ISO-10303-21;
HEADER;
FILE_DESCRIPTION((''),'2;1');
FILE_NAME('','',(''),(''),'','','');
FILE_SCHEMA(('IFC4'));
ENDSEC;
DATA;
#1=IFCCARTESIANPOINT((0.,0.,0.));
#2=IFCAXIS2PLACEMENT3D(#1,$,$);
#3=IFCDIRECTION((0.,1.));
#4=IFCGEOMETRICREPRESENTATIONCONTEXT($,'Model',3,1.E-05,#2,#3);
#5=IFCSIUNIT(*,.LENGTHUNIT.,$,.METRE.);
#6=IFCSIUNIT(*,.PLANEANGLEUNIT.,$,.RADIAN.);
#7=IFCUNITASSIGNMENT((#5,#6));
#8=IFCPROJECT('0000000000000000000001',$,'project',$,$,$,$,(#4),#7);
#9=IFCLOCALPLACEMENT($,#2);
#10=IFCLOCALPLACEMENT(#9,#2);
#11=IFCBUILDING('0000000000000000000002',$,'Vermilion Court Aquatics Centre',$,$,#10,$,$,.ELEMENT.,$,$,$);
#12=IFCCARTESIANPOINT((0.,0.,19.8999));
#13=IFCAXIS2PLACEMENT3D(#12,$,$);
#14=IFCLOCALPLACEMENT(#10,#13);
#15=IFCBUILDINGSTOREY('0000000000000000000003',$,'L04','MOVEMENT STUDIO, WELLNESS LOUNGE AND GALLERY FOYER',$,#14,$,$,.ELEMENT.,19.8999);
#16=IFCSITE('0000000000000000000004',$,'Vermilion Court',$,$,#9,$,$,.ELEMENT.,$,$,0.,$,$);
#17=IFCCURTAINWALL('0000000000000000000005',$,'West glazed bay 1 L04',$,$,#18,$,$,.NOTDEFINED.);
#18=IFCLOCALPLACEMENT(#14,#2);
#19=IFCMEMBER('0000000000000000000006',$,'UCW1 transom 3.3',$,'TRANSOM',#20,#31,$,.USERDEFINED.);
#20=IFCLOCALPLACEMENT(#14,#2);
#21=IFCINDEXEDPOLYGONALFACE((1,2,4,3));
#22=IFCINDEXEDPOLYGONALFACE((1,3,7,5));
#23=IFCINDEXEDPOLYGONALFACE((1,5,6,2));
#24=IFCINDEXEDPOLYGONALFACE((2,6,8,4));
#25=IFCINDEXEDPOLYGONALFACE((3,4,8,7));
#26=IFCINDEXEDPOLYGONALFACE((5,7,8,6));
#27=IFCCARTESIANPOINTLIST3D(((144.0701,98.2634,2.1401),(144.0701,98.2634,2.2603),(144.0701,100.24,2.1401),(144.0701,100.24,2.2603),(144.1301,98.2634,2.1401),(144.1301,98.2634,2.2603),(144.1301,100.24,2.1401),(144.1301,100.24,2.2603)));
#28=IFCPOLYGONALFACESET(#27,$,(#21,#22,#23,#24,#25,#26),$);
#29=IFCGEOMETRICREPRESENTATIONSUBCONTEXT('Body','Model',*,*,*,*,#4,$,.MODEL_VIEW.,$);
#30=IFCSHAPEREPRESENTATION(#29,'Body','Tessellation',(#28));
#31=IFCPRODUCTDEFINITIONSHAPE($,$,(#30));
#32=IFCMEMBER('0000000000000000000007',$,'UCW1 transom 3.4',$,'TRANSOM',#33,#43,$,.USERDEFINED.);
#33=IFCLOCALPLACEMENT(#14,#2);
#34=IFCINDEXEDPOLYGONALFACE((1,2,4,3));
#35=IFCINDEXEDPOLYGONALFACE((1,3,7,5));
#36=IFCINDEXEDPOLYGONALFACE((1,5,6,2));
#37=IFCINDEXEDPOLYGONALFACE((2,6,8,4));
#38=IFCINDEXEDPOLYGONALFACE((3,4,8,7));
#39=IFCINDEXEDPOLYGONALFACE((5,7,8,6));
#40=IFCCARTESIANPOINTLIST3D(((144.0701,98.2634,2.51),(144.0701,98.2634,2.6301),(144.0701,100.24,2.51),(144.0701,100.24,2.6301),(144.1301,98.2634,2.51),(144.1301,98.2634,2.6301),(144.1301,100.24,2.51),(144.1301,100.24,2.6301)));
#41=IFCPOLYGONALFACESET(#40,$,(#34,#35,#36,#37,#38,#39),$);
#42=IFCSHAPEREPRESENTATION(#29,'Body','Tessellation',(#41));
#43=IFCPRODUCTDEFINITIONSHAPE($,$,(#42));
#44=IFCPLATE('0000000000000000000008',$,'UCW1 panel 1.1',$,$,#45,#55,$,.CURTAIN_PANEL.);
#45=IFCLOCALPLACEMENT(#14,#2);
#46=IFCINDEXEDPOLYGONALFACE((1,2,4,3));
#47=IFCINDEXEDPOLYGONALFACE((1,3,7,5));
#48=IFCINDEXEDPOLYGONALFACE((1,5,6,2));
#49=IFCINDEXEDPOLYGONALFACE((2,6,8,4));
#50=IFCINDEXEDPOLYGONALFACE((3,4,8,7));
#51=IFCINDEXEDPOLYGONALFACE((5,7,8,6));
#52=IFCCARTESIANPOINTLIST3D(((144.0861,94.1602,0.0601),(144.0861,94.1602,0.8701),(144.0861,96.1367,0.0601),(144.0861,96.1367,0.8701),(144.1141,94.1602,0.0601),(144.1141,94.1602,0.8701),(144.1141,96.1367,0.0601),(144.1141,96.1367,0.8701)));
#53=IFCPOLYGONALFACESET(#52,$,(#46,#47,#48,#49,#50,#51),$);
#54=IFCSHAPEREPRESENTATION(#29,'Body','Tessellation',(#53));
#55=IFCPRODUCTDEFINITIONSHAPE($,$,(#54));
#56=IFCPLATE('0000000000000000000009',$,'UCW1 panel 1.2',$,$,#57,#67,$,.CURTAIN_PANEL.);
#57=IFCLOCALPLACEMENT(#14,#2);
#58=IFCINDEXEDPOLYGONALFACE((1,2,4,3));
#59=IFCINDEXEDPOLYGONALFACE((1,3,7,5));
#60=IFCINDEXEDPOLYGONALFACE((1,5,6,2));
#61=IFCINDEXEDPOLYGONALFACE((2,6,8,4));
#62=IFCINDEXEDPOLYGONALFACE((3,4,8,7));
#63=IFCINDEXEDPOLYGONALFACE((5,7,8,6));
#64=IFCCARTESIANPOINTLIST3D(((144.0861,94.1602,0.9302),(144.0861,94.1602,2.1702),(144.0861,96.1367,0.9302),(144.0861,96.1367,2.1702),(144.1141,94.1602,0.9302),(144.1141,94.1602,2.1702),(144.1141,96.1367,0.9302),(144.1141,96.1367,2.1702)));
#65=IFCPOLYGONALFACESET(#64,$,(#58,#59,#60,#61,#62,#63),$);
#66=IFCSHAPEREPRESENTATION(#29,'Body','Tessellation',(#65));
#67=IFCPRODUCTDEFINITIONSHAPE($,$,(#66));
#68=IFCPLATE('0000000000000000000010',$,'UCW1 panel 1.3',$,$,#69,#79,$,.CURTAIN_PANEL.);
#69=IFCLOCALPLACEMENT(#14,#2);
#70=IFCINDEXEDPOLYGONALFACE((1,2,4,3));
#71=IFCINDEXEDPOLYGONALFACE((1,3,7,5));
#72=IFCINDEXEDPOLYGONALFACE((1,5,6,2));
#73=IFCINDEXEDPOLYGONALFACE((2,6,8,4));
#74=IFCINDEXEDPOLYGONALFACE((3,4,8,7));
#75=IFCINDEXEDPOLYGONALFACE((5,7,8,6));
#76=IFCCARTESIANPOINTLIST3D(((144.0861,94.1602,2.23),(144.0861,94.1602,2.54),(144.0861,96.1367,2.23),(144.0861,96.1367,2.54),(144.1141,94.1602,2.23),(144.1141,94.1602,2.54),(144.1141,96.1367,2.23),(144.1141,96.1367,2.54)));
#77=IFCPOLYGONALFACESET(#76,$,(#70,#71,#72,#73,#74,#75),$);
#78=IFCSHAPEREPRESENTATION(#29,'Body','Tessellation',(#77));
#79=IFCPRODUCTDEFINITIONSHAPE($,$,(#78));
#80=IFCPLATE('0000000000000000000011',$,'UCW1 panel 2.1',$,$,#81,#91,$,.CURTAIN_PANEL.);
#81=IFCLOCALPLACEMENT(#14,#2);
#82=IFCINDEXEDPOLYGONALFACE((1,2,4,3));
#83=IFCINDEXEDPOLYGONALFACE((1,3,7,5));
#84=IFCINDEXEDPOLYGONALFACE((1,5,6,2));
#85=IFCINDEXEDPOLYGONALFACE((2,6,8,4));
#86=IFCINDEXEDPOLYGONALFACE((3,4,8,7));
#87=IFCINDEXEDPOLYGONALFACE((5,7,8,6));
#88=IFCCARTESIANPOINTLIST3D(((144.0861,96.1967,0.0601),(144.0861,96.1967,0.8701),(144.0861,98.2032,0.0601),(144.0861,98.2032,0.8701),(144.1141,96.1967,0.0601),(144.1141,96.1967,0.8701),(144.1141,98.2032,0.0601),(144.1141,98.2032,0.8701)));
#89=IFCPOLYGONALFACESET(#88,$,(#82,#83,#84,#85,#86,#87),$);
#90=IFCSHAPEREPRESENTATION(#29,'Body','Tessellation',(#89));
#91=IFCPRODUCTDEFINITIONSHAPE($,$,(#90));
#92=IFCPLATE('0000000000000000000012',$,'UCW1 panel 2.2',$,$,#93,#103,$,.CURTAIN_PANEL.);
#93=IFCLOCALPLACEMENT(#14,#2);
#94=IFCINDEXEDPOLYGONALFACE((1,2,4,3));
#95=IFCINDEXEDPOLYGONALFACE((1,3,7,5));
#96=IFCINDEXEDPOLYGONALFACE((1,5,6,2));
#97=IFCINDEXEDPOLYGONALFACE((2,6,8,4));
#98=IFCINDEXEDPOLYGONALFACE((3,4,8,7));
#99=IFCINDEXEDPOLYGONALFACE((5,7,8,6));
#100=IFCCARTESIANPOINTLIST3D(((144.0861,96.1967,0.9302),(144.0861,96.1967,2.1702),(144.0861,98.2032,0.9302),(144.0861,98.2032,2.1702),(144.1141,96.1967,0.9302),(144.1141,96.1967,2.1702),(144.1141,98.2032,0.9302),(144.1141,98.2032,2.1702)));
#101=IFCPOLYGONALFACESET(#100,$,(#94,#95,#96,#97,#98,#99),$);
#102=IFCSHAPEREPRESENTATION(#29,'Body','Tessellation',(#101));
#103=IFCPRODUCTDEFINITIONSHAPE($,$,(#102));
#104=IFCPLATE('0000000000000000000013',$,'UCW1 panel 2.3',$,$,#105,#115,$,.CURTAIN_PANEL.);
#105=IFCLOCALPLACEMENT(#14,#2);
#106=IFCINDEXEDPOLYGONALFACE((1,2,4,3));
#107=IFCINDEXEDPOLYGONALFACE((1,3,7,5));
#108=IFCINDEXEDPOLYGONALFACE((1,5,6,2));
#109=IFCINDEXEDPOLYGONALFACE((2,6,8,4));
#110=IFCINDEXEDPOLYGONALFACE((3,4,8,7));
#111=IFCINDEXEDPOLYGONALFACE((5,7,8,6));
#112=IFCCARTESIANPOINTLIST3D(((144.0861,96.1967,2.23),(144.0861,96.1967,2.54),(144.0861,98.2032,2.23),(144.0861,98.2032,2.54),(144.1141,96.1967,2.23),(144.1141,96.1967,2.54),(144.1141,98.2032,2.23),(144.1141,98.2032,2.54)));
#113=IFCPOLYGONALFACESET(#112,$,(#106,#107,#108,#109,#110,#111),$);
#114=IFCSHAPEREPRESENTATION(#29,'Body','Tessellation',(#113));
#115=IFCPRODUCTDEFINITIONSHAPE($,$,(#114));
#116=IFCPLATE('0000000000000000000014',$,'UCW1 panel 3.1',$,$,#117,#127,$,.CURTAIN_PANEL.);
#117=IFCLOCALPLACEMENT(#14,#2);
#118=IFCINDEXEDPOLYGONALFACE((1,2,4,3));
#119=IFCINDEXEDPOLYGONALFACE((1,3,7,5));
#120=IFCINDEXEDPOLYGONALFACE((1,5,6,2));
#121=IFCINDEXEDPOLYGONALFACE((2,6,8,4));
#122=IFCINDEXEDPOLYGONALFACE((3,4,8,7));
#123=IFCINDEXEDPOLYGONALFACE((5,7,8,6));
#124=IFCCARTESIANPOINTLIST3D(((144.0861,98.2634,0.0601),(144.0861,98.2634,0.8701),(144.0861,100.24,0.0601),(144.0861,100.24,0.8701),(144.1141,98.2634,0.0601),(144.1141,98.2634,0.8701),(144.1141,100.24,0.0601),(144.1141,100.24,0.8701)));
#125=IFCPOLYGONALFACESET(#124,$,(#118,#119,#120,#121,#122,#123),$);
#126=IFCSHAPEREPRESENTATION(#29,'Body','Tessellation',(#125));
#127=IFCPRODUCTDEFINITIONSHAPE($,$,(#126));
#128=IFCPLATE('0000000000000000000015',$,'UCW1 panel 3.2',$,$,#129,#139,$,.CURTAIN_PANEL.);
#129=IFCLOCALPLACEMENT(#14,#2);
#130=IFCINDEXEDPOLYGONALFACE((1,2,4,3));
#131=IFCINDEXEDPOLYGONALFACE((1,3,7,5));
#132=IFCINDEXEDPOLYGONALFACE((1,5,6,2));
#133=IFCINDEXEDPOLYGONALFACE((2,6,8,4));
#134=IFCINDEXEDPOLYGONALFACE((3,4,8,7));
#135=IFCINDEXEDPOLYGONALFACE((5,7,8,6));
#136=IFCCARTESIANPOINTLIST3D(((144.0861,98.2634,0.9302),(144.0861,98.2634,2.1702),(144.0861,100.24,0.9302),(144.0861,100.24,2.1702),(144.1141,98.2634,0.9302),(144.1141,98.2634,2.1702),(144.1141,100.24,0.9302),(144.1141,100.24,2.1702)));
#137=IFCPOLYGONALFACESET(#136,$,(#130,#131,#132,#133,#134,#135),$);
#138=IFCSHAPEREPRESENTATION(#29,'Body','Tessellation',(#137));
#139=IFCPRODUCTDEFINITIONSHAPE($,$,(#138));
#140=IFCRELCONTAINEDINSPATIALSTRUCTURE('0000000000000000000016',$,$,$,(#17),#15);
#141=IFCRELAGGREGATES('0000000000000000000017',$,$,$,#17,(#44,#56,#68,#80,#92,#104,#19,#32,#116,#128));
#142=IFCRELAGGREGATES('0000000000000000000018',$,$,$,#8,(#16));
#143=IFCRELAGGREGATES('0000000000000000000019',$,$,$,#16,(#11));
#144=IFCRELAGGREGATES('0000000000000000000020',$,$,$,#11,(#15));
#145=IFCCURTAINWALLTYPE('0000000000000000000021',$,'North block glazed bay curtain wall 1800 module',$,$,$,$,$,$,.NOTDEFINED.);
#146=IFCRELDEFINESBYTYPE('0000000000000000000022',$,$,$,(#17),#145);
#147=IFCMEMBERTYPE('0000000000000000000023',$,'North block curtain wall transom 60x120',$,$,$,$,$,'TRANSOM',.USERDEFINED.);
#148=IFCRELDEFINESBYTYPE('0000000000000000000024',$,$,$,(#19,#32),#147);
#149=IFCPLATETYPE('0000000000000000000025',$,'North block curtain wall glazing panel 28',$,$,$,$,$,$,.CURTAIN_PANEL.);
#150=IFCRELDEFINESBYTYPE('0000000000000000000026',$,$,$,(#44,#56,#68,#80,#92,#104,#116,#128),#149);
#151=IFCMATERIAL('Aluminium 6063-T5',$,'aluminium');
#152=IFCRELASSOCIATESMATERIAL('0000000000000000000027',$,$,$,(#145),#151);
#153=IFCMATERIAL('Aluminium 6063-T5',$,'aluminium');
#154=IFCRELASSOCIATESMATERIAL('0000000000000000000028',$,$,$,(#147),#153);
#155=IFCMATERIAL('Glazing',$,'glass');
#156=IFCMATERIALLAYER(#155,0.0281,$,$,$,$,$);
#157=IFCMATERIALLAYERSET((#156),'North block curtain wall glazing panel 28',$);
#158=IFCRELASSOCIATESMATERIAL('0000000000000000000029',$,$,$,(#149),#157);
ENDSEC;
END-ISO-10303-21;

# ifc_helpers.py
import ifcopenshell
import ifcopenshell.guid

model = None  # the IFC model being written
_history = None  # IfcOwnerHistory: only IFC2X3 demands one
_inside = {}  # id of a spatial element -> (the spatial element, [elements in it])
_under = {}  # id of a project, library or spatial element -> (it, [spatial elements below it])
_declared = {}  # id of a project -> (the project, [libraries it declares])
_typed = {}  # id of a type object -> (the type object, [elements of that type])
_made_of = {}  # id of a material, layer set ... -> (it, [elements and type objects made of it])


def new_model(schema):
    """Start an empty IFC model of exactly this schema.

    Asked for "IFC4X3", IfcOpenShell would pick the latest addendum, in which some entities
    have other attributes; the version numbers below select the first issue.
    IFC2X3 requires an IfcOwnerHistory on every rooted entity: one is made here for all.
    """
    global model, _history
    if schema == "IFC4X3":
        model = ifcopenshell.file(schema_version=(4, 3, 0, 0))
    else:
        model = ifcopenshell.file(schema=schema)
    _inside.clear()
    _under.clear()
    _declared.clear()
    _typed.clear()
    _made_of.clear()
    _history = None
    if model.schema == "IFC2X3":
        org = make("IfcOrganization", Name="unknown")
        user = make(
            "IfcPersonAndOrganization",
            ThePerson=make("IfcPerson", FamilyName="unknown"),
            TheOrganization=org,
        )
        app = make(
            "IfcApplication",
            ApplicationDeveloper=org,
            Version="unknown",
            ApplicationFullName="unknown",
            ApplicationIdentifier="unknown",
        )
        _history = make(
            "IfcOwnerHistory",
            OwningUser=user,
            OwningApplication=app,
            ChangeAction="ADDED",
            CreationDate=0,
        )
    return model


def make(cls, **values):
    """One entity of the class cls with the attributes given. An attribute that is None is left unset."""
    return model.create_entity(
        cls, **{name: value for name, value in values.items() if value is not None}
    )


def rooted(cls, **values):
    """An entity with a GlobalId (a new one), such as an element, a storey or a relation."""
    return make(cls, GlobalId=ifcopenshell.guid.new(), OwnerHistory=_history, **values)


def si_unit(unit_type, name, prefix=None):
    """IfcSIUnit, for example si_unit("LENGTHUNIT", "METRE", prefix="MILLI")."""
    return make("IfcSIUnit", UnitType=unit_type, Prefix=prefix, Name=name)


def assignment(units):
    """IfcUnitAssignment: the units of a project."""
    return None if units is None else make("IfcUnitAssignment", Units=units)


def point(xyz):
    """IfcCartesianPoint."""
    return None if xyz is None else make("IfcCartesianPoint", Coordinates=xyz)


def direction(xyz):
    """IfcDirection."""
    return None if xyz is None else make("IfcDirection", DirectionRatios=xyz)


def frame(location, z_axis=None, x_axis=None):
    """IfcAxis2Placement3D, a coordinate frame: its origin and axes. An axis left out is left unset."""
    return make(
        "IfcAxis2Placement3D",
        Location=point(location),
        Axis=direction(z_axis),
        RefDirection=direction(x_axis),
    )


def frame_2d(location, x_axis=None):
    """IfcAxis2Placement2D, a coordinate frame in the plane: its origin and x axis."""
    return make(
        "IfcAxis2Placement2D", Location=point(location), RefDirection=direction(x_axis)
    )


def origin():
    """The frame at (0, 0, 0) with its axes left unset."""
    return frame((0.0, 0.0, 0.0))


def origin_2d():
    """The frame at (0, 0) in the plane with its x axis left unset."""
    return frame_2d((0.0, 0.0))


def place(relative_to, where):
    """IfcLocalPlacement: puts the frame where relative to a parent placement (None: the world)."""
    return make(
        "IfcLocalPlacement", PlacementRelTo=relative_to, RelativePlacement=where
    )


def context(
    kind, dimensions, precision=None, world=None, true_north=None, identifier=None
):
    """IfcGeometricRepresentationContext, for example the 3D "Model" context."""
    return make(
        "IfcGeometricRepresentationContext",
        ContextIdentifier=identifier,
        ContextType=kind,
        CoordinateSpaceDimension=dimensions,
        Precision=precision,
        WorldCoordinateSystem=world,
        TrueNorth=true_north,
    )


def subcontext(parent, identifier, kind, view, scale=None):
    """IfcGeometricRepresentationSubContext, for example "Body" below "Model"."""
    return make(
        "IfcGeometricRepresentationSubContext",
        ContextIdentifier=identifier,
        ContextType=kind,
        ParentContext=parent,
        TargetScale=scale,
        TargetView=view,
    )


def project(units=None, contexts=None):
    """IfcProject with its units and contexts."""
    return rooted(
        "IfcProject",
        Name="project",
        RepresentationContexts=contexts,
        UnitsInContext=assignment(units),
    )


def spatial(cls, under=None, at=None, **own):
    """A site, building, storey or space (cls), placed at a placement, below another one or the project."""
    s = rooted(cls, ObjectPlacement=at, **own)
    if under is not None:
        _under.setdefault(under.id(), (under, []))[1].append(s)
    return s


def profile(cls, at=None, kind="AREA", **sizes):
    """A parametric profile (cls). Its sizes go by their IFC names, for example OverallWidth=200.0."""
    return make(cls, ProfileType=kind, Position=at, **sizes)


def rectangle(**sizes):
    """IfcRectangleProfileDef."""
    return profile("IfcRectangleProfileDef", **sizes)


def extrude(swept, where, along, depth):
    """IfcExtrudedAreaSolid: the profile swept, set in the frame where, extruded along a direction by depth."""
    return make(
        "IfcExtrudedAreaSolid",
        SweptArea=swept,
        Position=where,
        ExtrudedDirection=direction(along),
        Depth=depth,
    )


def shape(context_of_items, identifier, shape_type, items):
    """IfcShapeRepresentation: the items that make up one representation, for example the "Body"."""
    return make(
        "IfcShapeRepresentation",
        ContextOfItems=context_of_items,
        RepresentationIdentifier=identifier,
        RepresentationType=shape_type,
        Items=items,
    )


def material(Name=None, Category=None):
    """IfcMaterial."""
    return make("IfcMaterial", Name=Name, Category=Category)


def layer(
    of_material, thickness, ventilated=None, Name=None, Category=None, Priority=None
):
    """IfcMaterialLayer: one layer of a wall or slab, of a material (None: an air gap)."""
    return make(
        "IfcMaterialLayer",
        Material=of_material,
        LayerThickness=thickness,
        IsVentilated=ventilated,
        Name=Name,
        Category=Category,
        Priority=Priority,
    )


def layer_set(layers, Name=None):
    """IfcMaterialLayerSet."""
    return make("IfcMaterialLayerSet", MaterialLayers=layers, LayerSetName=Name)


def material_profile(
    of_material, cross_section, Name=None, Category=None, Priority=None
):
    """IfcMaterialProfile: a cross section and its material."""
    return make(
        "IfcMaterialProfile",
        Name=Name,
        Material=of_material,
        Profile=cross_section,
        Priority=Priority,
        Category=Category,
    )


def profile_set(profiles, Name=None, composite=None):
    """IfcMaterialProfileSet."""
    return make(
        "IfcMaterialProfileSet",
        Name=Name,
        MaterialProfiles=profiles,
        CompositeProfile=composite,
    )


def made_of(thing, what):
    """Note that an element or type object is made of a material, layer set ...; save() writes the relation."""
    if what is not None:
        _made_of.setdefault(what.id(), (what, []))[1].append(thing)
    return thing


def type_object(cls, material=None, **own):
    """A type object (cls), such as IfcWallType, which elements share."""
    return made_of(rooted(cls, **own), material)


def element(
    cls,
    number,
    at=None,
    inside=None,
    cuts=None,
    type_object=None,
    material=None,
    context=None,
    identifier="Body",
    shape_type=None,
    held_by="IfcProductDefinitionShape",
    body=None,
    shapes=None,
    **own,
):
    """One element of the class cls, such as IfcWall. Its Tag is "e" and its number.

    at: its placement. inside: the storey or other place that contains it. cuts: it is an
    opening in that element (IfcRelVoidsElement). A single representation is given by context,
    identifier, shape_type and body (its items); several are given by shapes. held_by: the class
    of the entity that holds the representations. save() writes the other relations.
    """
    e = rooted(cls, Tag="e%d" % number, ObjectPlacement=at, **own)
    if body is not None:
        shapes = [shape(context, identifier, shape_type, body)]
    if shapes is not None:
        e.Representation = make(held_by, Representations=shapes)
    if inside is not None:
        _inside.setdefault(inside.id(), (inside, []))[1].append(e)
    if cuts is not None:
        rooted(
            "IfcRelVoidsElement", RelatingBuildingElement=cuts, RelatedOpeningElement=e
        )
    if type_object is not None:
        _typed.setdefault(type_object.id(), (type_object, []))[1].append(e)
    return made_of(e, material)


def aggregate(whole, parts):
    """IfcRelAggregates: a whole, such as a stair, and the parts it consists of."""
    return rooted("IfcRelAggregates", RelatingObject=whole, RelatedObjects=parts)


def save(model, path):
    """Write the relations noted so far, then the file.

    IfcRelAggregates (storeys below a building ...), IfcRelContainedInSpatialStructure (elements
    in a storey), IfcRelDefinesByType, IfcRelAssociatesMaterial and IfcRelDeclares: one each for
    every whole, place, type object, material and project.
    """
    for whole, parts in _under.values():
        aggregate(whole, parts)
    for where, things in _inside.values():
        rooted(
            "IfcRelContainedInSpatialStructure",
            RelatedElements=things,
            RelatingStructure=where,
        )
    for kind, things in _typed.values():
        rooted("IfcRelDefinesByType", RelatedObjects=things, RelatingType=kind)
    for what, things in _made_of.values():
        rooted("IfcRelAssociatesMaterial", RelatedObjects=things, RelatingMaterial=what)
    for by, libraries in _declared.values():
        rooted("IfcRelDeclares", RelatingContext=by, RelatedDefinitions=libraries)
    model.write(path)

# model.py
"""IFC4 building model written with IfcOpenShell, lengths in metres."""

from ifc_helpers import new_model, si_unit, direction, frame, origin, origin_2d, place, context, subcontext, project, spatial, rectangle, extrude, material, layer, layer_set, material_profile, profile_set, type_object, element, aggregate, save


model = new_model("IFC4")

# Units and contexts
model_context = context("Model", 3, precision=1e-05, world=origin(), true_north=direction((0.0, 1.0)))
body_context = subcontext(model_context, "Body", "Model", "MODEL_VIEW")
ifc_project = project(units=[si_unit("LENGTHUNIT", "METRE"), si_unit("PLANEANGLEUNIT", "RADIAN")], contexts=[model_context])

# Site, building, storey
site_placement = place(None, origin())
site = spatial("IfcSite", under=ifc_project, at=site_placement, Name="Vermilion Court", CompositionType="ELEMENT", RefElevation=0.0)
building_placement = place(site_placement, origin())
building = spatial("IfcBuilding", under=site, at=building_placement, Name="Vermilion Court Aquatics Centre", CompositionType="ELEMENT")
storey_placement = place(building_placement, frame((0.0, 0.0, 19.8999)))
storey = spatial("IfcBuildingStorey", under=building, at=storey_placement, Name="L04", Description="MOVEMENT STUDIO, WELLNESS LOUNGE AND GALLERY FOYER", CompositionType="ELEMENT", Elevation=19.8999)

# Curtain wall, members, plates
ifc_material_1 = material(Name="Aluminium 6063-T5", Category="aluminium")
curtain_wall_type = type_object("IfcCurtainWallType", Name="North block glazed bay curtain wall 1800 module", PredefinedType="NOTDEFINED", material=ifc_material_1)
curtain_wall_placement = place(storey_placement, origin())
curtain_wall = element("IfcCurtainWall", 1, at=curtain_wall_placement, inside=storey, type_object=curtain_wall_type, Name="West glazed bay 1 L04", PredefinedType="NOTDEFINED")
ifc_material_2 = material(Name="Aluminium 6063-T5", Category="aluminium")
ifc_material_profile_1 = material_profile(ifc_material_2, rectangle(XDim=0.0601, YDim=0.1201, at=origin_2d()), Name="AL 60x120")
ifc_profile_set_1 = profile_set([ifc_material_profile_1], Name="Aluminium 6063-T5")
member_type_1 = type_object("IfcMemberType", Name="North block curtain wall transom 60x120", ElementType="TRANSOM", PredefinedType="USERDEFINED", material=ifc_profile_set_1)
member_1_placement = place(storey_placement, frame((144.1001, 98.2634, 2.2002), z_axis=(0.0, 1.0, 0.0), x_axis=(-1.0, 0.0, 0.0)))
member_1 = element("IfcMember", 2, at=member_1_placement, type_object=member_type_1, Name="UCW1 transom 3.3", ObjectType="TRANSOM", PredefinedType="USERDEFINED", context=body_context, shape_type="SweptSolid", body=[
    extrude(rectangle(XDim=0.0601, YDim=0.1201, at=origin_2d()), origin(), (0.0, 0.0, 1.0), 1.9766),
])
member_2_placement = place(storey_placement, frame((144.1001, 98.2634, 2.5701), z_axis=(0.0, 1.0, 0.0), x_axis=(-1.0, 0.0, 0.0)))
member_2 = element("IfcMember", 3, at=member_2_placement, type_object=member_type_1, Name="UCW1 transom 3.4", ObjectType="TRANSOM", PredefinedType="USERDEFINED", context=body_context, shape_type="SweptSolid", body=[
    extrude(rectangle(XDim=0.0601, YDim=0.1201, at=origin_2d()), origin(), (0.0, 0.0, 1.0), 1.9766),
])
ifc_material_3 = material(Name="Glazing", Category="glass")
ifc_layer = layer(ifc_material_3, 0.0281)
ifc_layer_set = layer_set([ifc_layer], Name="North block curtain wall glazing panel 28")
plate_type = type_object("IfcPlateType", Name="North block curtain wall glazing panel 28", PredefinedType="CURTAIN_PANEL", material=ifc_layer_set)
plate_1_placement = place(storey_placement, frame((144.1001, 95.1484, 0.0601), z_axis=(0.0, 0.0, 1.0), x_axis=(0.0, 1.0, 0.0)))
plate_1 = element("IfcPlate", 4, at=plate_1_placement, type_object=plate_type, Name="UCW1 panel 1.1", PredefinedType="CURTAIN_PANEL", context=body_context, shape_type="SweptSolid", body=[
    extrude(rectangle(XDim=1.9766, YDim=0.0281, at=origin_2d()), origin(), (0.0, 0.0, 1.0), 0.8101),
])
plate_2_placement = place(storey_placement, frame((144.1001, 95.1484, 0.9302), z_axis=(0.0, 0.0, 1.0), x_axis=(0.0, 1.0, 0.0)))
plate_2 = element("IfcPlate", 5, at=plate_2_placement, type_object=plate_type, Name="UCW1 panel 1.2", PredefinedType="CURTAIN_PANEL", context=body_context, shape_type="SweptSolid", body=[
    extrude(rectangle(XDim=1.9766, YDim=0.0281, at=origin_2d()), origin(), (0.0, 0.0, 1.0), 1.24),
])
plate_3_placement = place(storey_placement, frame((144.1001, 95.1484, 2.23), z_axis=(0.0, 0.0, 1.0), x_axis=(0.0, 1.0, 0.0)))
plate_3 = element("IfcPlate", 6, at=plate_3_placement, type_object=plate_type, Name="UCW1 panel 1.3", PredefinedType="CURTAIN_PANEL", context=body_context, shape_type="SweptSolid", body=[
    extrude(rectangle(XDim=1.9766, YDim=0.0281, at=origin_2d()), origin(), (0.0, 0.0, 1.0), 0.3101),
])
plate_4_placement = place(storey_placement, frame((144.1001, 97.2, 0.0601), z_axis=(0.0, 0.0, 1.0), x_axis=(0.0, 1.0, 0.0)))
plate_4 = element("IfcPlate", 7, at=plate_4_placement, type_object=plate_type, Name="UCW1 panel 2.1", PredefinedType="CURTAIN_PANEL", context=body_context, shape_type="SweptSolid", body=[
    extrude(rectangle(XDim=2.0066, YDim=0.0281, at=origin_2d()), origin(), (0.0, 0.0, 1.0), 0.8101),
])
plate_5_placement = place(storey_placement, frame((144.1001, 97.2, 0.9302), z_axis=(0.0, 0.0, 1.0), x_axis=(0.0, 1.0, 0.0)))
plate_5 = element("IfcPlate", 8, at=plate_5_placement, type_object=plate_type, Name="UCW1 panel 2.2", PredefinedType="CURTAIN_PANEL", context=body_context, shape_type="SweptSolid", body=[
    extrude(rectangle(XDim=2.0066, YDim=0.0281, at=origin_2d()), origin(), (0.0, 0.0, 1.0), 1.24),
])
plate_6_placement = place(storey_placement, frame((144.1001, 97.2, 2.23), z_axis=(0.0, 0.0, 1.0), x_axis=(0.0, 1.0, 0.0)))
plate_6 = element("IfcPlate", 9, at=plate_6_placement, type_object=plate_type, Name="UCW1 panel 2.3", PredefinedType="CURTAIN_PANEL", context=body_context, shape_type="SweptSolid", body=[
    extrude(rectangle(XDim=2.0066, YDim=0.0281, at=origin_2d()), origin(), (0.0, 0.0, 1.0), 0.3101),
])
plate_7_placement = place(storey_placement, frame((144.1001, 99.2517, 0.0601), z_axis=(0.0, 0.0, 1.0), x_axis=(0.0, 1.0, 0.0)))
plate_7 = element("IfcPlate", 10, at=plate_7_placement, type_object=plate_type, Name="UCW1 panel 3.1", PredefinedType="CURTAIN_PANEL", context=body_context, shape_type="SweptSolid", body=[
    extrude(rectangle(XDim=1.9766, YDim=0.0281, at=origin_2d()), origin(), (0.0, 0.0, 1.0), 0.8101),
])
plate_8_placement = place(storey_placement, frame((144.1001, 99.2517, 0.9302), z_axis=(0.0, 0.0, 1.0), x_axis=(0.0, 1.0, 0.0)))
plate_8 = element("IfcPlate", 11, at=plate_8_placement, type_object=plate_type, Name="UCW1 panel 3.2", PredefinedType="CURTAIN_PANEL", context=body_context, shape_type="SweptSolid", body=[
    extrude(rectangle(XDim=1.9766, YDim=0.0281, at=origin_2d()), origin(), (0.0, 0.0, 1.0), 1.24),
])
aggregate(curtain_wall, [plate_1, plate_2, plate_3, plate_4, plate_5, plate_6, member_1, member_2, plate_7, plate_8])

save(model, "model.ifc")
